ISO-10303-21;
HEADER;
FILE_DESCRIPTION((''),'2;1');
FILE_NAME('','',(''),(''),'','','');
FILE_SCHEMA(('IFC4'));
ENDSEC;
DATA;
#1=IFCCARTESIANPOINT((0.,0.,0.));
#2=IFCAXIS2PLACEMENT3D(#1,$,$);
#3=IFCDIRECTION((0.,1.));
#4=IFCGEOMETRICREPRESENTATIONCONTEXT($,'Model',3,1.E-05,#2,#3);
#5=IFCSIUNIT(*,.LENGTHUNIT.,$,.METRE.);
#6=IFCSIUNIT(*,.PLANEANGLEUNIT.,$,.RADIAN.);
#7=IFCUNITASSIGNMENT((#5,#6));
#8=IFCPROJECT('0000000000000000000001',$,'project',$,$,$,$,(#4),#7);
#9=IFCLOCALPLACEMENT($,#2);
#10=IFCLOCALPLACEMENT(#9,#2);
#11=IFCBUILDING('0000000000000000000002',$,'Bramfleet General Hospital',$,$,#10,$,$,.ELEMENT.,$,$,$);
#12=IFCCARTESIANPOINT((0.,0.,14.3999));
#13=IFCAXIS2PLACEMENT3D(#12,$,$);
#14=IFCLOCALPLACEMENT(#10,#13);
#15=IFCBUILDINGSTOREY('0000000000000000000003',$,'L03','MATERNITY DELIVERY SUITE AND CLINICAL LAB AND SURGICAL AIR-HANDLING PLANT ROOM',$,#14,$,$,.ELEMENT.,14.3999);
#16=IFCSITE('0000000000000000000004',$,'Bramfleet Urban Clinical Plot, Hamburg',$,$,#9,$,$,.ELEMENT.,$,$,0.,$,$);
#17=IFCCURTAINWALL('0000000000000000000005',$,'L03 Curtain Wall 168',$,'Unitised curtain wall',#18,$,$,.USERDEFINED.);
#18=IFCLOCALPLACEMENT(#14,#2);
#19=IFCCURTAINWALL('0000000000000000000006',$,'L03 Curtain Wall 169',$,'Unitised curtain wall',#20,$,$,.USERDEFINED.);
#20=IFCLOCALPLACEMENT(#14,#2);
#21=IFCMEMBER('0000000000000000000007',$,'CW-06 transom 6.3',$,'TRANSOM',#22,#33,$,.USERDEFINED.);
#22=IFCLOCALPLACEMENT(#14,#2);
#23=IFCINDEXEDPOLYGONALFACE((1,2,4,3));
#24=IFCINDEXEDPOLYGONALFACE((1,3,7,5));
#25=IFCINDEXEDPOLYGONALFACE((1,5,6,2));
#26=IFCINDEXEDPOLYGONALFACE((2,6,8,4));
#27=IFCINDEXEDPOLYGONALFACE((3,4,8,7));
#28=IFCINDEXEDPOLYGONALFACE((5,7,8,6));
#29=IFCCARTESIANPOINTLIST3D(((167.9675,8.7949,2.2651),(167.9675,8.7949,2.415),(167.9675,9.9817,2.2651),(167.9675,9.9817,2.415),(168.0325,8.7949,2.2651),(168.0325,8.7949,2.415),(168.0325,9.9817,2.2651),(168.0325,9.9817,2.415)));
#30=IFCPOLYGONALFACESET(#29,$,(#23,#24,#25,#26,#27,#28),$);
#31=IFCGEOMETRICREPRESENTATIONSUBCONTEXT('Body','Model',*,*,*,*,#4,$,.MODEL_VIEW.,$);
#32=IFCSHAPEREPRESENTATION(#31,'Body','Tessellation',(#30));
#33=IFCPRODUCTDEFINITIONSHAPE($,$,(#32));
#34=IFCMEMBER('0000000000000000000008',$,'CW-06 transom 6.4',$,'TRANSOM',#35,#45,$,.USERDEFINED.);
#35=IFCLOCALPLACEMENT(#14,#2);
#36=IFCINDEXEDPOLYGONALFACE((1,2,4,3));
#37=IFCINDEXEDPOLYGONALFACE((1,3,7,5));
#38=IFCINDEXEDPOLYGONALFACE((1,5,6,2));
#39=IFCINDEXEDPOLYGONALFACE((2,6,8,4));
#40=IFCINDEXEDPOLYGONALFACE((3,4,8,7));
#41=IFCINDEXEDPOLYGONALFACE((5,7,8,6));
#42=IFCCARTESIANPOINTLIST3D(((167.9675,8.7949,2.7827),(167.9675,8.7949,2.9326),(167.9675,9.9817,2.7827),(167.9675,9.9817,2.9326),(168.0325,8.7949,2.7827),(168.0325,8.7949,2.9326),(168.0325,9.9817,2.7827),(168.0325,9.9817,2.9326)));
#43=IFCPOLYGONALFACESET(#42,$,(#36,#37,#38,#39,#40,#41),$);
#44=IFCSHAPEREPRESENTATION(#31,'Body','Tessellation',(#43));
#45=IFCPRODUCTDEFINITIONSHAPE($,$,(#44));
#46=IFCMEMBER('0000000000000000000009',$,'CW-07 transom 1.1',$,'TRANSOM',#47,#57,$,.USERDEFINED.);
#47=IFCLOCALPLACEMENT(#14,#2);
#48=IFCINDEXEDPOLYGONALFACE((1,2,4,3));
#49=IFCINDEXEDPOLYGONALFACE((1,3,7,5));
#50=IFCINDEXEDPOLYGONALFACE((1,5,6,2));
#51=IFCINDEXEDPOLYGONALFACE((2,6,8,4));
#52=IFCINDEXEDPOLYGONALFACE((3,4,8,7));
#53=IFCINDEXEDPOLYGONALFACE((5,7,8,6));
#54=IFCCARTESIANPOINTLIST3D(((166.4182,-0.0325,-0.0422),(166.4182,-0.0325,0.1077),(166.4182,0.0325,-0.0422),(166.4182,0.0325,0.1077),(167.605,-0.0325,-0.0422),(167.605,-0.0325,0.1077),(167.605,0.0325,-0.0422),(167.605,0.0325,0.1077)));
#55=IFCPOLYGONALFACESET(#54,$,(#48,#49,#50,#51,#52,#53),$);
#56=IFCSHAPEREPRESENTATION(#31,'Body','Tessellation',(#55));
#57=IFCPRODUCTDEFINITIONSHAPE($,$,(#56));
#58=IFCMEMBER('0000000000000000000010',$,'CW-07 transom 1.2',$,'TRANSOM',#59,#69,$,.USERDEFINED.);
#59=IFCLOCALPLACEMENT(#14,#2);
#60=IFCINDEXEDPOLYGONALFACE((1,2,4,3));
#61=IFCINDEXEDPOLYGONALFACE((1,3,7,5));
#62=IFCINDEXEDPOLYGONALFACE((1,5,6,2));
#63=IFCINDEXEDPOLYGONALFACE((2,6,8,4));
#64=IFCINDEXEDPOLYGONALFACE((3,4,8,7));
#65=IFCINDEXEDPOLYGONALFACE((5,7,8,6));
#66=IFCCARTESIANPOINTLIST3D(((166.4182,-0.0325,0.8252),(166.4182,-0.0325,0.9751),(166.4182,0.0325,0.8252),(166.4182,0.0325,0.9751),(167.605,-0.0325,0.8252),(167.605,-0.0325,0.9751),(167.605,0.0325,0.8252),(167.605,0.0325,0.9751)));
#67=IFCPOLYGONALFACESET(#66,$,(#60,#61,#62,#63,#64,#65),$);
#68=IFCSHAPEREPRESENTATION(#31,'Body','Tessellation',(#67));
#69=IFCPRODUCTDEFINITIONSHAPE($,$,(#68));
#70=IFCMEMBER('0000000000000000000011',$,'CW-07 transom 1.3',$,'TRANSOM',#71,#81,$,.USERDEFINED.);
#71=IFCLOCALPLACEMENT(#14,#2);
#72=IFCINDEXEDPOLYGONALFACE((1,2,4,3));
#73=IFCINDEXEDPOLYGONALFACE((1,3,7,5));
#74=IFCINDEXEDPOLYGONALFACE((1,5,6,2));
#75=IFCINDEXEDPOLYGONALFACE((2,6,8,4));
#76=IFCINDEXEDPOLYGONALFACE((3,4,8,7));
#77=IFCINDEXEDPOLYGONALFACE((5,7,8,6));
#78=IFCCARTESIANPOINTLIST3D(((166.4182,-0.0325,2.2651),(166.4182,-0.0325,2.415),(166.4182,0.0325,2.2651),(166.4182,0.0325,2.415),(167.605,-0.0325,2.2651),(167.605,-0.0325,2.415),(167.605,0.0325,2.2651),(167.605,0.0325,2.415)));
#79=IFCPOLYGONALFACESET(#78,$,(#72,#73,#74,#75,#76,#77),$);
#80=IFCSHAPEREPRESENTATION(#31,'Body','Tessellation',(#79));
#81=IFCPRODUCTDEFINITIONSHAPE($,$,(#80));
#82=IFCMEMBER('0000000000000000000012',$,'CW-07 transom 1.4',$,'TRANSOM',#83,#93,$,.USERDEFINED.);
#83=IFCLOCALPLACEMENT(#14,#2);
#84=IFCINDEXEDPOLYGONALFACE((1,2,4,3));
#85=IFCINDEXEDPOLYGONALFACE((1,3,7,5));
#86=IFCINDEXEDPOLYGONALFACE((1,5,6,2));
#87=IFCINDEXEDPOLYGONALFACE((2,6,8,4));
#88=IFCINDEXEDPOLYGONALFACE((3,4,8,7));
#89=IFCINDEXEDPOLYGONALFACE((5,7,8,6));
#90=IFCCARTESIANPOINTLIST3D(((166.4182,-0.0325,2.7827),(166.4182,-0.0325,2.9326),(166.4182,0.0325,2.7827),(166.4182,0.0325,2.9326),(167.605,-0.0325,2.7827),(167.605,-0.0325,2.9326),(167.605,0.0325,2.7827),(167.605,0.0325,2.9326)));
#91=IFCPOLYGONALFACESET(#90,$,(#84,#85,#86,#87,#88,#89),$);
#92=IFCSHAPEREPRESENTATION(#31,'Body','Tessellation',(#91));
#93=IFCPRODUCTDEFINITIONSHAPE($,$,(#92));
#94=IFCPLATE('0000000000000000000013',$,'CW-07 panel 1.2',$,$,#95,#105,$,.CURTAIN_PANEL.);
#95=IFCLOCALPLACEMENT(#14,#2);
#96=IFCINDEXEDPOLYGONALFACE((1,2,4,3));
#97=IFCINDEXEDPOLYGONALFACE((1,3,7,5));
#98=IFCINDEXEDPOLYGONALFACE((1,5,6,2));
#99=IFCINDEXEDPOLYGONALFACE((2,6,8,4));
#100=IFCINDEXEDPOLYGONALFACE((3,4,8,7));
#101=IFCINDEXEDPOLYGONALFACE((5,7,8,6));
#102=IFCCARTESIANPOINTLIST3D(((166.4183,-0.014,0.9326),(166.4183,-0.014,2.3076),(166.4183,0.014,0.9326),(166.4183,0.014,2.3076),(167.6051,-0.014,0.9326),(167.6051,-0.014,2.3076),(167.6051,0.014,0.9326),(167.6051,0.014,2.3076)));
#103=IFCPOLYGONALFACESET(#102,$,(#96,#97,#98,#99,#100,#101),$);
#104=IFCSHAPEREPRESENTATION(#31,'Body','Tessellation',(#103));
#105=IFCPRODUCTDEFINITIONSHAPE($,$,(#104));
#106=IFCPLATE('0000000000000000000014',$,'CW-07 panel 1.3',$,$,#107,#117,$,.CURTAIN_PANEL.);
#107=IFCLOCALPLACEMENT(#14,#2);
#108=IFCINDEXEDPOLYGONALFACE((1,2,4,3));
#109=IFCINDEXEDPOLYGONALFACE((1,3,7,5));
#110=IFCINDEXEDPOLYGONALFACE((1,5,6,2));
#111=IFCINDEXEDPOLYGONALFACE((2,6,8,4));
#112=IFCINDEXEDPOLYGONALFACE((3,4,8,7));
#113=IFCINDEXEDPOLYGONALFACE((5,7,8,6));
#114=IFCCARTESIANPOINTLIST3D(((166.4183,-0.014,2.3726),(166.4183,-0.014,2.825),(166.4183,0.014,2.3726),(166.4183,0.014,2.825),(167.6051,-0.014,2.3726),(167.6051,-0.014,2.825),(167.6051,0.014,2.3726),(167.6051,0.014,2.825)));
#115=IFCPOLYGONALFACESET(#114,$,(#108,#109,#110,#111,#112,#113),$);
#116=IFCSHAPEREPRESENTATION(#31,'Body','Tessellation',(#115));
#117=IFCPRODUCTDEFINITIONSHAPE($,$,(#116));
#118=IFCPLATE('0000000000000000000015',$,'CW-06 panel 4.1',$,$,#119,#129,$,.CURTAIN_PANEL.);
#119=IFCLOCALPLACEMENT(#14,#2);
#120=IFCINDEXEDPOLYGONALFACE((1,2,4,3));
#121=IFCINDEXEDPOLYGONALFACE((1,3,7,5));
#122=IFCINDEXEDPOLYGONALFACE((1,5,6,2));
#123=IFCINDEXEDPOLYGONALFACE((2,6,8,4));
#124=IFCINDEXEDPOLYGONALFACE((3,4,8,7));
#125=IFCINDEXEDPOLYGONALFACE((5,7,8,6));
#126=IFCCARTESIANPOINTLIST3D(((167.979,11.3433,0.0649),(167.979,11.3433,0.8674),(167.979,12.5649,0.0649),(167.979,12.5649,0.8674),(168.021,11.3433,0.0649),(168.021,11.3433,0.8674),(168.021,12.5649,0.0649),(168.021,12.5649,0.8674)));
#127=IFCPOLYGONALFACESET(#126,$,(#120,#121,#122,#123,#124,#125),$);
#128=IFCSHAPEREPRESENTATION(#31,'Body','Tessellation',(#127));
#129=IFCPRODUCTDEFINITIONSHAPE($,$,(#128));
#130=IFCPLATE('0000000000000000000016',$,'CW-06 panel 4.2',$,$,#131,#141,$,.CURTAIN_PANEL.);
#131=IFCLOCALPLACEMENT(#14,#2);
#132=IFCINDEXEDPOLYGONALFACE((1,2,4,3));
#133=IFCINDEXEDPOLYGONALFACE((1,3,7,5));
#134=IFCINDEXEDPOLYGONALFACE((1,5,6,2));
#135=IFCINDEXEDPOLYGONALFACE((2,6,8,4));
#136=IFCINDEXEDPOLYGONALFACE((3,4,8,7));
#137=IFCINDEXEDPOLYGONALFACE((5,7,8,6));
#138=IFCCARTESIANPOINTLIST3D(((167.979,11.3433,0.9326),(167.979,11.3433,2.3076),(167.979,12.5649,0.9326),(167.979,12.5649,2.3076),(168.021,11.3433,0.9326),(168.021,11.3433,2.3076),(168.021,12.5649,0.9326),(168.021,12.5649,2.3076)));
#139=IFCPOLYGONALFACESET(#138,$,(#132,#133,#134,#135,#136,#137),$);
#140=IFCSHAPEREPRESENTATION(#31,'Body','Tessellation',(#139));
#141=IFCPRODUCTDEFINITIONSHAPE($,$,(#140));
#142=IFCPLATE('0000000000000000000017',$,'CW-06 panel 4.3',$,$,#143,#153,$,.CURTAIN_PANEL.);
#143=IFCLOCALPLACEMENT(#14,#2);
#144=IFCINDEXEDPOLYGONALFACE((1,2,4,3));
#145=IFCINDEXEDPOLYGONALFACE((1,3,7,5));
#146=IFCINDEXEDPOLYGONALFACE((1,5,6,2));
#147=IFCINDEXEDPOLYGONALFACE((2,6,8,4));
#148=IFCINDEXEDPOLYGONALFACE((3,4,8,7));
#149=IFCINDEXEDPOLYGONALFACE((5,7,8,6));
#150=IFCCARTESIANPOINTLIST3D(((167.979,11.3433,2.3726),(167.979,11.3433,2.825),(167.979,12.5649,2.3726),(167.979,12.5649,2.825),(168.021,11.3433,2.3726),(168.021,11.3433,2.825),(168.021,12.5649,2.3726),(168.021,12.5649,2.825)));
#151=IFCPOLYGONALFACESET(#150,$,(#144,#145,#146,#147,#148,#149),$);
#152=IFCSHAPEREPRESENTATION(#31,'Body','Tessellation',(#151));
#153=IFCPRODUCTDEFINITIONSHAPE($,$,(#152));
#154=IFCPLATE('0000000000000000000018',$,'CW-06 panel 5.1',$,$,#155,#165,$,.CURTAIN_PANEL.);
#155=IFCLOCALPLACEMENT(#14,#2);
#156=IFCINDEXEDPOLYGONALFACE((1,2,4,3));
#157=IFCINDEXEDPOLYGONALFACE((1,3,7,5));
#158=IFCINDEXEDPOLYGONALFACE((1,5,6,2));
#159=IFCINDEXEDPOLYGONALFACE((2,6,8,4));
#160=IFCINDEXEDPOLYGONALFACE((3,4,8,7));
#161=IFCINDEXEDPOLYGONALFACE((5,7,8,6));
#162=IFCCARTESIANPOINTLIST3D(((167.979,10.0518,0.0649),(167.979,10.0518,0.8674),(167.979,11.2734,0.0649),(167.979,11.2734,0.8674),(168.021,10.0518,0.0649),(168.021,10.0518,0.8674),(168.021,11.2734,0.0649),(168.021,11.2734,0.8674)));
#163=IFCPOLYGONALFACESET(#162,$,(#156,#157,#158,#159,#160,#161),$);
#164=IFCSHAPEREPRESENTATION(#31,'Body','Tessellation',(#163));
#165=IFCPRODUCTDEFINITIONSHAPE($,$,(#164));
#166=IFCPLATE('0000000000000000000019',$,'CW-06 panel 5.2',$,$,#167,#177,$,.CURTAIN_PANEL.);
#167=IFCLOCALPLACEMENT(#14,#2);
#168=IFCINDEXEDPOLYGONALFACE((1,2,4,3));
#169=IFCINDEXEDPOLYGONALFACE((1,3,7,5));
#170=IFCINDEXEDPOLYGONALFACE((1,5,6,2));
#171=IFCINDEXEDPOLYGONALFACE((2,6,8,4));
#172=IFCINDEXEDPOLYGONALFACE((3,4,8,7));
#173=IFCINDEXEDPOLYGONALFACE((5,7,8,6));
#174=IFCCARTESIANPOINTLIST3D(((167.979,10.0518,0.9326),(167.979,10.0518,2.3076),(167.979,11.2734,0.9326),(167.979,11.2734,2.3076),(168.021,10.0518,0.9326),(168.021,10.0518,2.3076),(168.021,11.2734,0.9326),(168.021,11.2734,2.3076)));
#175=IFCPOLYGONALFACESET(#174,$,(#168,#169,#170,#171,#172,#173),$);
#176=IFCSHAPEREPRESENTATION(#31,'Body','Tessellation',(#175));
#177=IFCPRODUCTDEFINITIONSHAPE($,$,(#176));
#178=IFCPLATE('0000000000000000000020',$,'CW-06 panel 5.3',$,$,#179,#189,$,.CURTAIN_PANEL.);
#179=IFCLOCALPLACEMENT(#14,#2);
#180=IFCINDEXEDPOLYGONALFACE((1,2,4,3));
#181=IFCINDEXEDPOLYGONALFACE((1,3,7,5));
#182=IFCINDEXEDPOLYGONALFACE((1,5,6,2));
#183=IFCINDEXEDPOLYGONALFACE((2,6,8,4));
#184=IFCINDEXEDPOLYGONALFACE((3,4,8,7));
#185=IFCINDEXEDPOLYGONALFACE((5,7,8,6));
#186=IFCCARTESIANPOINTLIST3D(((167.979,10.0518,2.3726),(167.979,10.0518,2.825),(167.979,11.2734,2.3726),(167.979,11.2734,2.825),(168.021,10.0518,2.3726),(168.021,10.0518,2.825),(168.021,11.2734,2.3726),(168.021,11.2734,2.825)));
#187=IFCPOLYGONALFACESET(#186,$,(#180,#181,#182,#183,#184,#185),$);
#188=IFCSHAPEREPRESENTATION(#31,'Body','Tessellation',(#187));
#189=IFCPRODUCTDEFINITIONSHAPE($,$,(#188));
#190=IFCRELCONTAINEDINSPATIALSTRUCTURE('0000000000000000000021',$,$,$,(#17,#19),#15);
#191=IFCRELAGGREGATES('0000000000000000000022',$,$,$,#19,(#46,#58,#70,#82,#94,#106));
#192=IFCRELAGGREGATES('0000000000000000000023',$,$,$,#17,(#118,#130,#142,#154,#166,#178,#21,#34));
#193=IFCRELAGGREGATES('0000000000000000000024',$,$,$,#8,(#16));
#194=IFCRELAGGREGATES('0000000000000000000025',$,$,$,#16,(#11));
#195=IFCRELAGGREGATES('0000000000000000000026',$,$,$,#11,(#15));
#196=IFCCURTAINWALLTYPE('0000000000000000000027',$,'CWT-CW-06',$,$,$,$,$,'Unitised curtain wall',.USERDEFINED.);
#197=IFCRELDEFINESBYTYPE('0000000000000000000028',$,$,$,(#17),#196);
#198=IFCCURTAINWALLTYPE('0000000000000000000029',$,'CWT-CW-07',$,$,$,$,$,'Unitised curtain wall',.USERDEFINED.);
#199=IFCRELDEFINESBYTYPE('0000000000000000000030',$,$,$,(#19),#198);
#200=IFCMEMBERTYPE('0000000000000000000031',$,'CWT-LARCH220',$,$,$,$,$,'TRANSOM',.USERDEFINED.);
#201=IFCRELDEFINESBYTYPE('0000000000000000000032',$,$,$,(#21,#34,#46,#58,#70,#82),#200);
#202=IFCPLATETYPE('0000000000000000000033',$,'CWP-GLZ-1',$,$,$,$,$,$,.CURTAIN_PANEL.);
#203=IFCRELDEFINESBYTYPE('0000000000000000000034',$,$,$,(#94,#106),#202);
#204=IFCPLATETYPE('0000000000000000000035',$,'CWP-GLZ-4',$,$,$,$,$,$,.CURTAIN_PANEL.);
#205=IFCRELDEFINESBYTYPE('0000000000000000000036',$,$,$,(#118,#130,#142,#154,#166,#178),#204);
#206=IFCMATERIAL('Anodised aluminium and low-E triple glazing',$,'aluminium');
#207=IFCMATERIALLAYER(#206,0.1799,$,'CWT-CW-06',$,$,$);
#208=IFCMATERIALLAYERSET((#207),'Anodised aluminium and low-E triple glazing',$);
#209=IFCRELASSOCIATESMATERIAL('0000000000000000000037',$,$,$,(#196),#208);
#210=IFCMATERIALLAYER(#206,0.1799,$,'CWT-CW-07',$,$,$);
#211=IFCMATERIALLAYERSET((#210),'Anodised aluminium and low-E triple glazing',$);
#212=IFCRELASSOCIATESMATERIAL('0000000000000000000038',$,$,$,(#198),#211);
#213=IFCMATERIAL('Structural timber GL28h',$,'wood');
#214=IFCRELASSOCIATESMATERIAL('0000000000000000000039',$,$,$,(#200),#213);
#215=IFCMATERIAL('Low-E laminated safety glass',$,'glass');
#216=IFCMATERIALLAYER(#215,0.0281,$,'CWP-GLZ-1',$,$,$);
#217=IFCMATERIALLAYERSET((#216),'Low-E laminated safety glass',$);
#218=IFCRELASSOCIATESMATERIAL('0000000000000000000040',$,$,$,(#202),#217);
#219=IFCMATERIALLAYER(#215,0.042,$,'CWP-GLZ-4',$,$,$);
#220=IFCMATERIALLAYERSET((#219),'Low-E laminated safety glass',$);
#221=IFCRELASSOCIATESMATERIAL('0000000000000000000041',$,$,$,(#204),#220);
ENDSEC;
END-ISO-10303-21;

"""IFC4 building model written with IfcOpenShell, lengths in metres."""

from ifc_helpers import new_model, si_unit, direction, frame, origin, origin_2d, place, context, subcontext, project, spatial, rectangle, extrude, material, layer, layer_set, material_profile, profile_set, type_object, element, aggregate, save


model = new_model("IFC4")

# Units and contexts
model_context = context("Model", 3, precision=1e-05, world=origin(), true_north=direction((0.0, 1.0)))
body_context = subcontext(model_context, "Body", "Model", "MODEL_VIEW")
ifc_project = project(units=[si_unit("LENGTHUNIT", "METRE"), si_unit("PLANEANGLEUNIT", "RADIAN")], contexts=[model_context])

# Site, building, storey
site_placement = place(None, origin())
site = spatial("IfcSite", under=ifc_project, at=site_placement, Name="Bramfleet Urban Clinical Plot, Hamburg", CompositionType="ELEMENT", RefElevation=0.0)
building_placement = place(site_placement, origin())
building = spatial("IfcBuilding", under=site, at=building_placement, Name="Bramfleet General Hospital", CompositionType="ELEMENT")
storey_placement = place(building_placement, frame((0.0, 0.0, 14.3999)))
storey = spatial("IfcBuildingStorey", under=building, at=storey_placement, Name="L03", Description="MATERNITY DELIVERY SUITE AND CLINICAL LAB AND SURGICAL AIR-HANDLING PLANT ROOM", CompositionType="ELEMENT", Elevation=14.3999)

# Curtain wall
ifc_material_1 = material(Name="Anodised aluminium and low-E triple glazing", Category="aluminium")
ifc_layer_1 = layer(ifc_material_1, 0.1799, Name="CWT-CW-06")
ifc_layer_set_1 = layer_set([ifc_layer_1], Name="Anodised aluminium and low-E triple glazing")
curtain_wall_type_1 = type_object("IfcCurtainWallType", Name="CWT-CW-06", ElementType="Unitised curtain wall", PredefinedType="USERDEFINED", material=ifc_layer_set_1)
curtain_wall_1_placement = place(storey_placement, origin())
curtain_wall_1 = element("IfcCurtainWall", 1, at=curtain_wall_1_placement, inside=storey, type_object=curtain_wall_type_1, Name="L03 Curtain Wall 168", ObjectType="Unitised curtain wall", PredefinedType="USERDEFINED")
ifc_material_2 = material(Name="Structural timber GL28h", Category="wood")

# Curtain wall
ifc_layer_2 = layer(ifc_material_1, 0.1799, Name="CWT-CW-07")
ifc_layer_set_2 = layer_set([ifc_layer_2], Name="Anodised aluminium and low-E triple glazing")
curtain_wall_type_2 = type_object("IfcCurtainWallType", Name="CWT-CW-07", ElementType="Unitised curtain wall", PredefinedType="USERDEFINED", material=ifc_layer_set_2)
curtain_wall_2_placement = place(storey_placement, origin())
curtain_wall_2 = element("IfcCurtainWall", 2, at=curtain_wall_2_placement, inside=storey, type_object=curtain_wall_type_2, Name="L03 Curtain Wall 169", ObjectType="Unitised curtain wall", PredefinedType="USERDEFINED")

# Members
ifc_material_profile_1 = material_profile(ifc_material_2, rectangle(XDim=0.0649, YDim=0.1499, at=origin_2d()), Name="LARCH 150x65")
ifc_profile_set_1 = profile_set([ifc_material_profile_1], Name="Structural timber GL28h")
member_type_1 = type_object("IfcMemberType", Name="CWT-LARCH220", ElementType="TRANSOM", PredefinedType="USERDEFINED", material=ifc_profile_set_1)
member_1_placement = place(storey_placement, frame((168.0, 9.9817, 2.3401), z_axis=(0.0, -1.0, 0.0), x_axis=(1.0, 0.0, 0.0)))
member_1 = element("IfcMember", 3, at=member_1_placement, type_object=member_type_1, Name="CW-06 transom 6.3", ObjectType="TRANSOM", PredefinedType="USERDEFINED", context=body_context, shape_type="SweptSolid", body=[
    extrude(rectangle(XDim=0.0649, YDim=0.1499, at=origin_2d()), origin(), (0.0, 0.0, 1.0), 1.1868),
])
member_2_placement = place(storey_placement, frame((168.0, 9.9817, 2.8577), z_axis=(0.0, -1.0, 0.0), x_axis=(1.0, 0.0, 0.0)))
member_2 = element("IfcMember", 4, at=member_2_placement, type_object=member_type_1, Name="CW-06 transom 6.4", ObjectType="TRANSOM", PredefinedType="USERDEFINED", context=body_context, shape_type="SweptSolid", body=[
    extrude(rectangle(XDim=0.0649, YDim=0.1499, at=origin_2d()), origin(), (0.0, 0.0, 1.0), 1.1868),
])
member_3_placement = place(storey_placement, frame((167.605, 0.0, 0.0327), z_axis=(-1.0, 0.0, 0.0), x_axis=(0.0, -1.0, 0.0)))
member_3 = element("IfcMember", 5, at=member_3_placement, type_object=member_type_1, Name="CW-07 transom 1.1", ObjectType="TRANSOM", PredefinedType="USERDEFINED", context=body_context, shape_type="SweptSolid", body=[
    extrude(rectangle(XDim=0.0649, YDim=0.1499, at=origin_2d()), origin(), (0.0, 0.0, 1.0), 1.1868),
])
member_4_placement = place(storey_placement, frame((167.605, 0.0, 0.9001), z_axis=(-1.0, 0.0, 0.0), x_axis=(0.0, -1.0, 0.0)))
member_4 = element("IfcMember", 6, at=member_4_placement, type_object=member_type_1, Name="CW-07 transom 1.2", ObjectType="TRANSOM", PredefinedType="USERDEFINED", context=body_context, shape_type="SweptSolid", body=[
    extrude(rectangle(XDim=0.0649, YDim=0.1499, at=origin_2d()), origin(), (0.0, 0.0, 1.0), 1.1868),
])
member_5_placement = place(storey_placement, frame((167.605, 0.0, 2.3401), z_axis=(-1.0, 0.0, 0.0), x_axis=(0.0, -1.0, 0.0)))
member_5 = element("IfcMember", 7, at=member_5_placement, type_object=member_type_1, Name="CW-07 transom 1.3", ObjectType="TRANSOM", PredefinedType="USERDEFINED", context=body_context, shape_type="SweptSolid", body=[
    extrude(rectangle(XDim=0.0649, YDim=0.1499, at=origin_2d()), origin(), (0.0, 0.0, 1.0), 1.1868),
])
member_6_placement = place(storey_placement, frame((167.605, 0.0, 2.8577), z_axis=(-1.0, 0.0, 0.0), x_axis=(0.0, -1.0, 0.0)))
member_6 = element("IfcMember", 8, at=member_6_placement, type_object=member_type_1, Name="CW-07 transom 1.4", ObjectType="TRANSOM", PredefinedType="USERDEFINED", context=body_context, shape_type="SweptSolid", body=[
    extrude(rectangle(XDim=0.0649, YDim=0.1499, at=origin_2d()), origin(), (0.0, 0.0, 1.0), 1.1868),
])

# Plates
ifc_material_3 = material(Name="Low-E laminated safety glass", Category="glass")
ifc_layer_3 = layer(ifc_material_3, 0.0281, Name="CWP-GLZ-1")
ifc_layer_set_3 = layer_set([ifc_layer_3], Name="Low-E laminated safety glass")
plate_type_1 = type_object("IfcPlateType", Name="CWP-GLZ-1", PredefinedType="CURTAIN_PANEL", material=ifc_layer_set_3)
plate_1_placement = place(storey_placement, frame((167.0117, 0.0, 0.9326), z_axis=(0.0, 0.0, 1.0), x_axis=(-1.0, 0.0, 0.0)))
plate_1 = element("IfcPlate", 9, at=plate_1_placement, type_object=plate_type_1, Name="CW-07 panel 1.2", PredefinedType="CURTAIN_PANEL", context=body_context, shape_type="SweptSolid", body=[
    extrude(rectangle(XDim=1.1868, YDim=0.0281, at=origin_2d()), origin(), (0.0, 0.0, 1.0), 1.375),
])
plate_2_placement = place(storey_placement, frame((167.0117, 0.0, 2.3726), z_axis=(0.0, 0.0, 1.0), x_axis=(-1.0, 0.0, 0.0)))
plate_2 = element("IfcPlate", 10, at=plate_2_placement, type_object=plate_type_1, Name="CW-07 panel 1.3", PredefinedType="CURTAIN_PANEL", context=body_context, shape_type="SweptSolid", body=[
    extrude(rectangle(XDim=1.1868, YDim=0.0281, at=origin_2d()), origin(), (0.0, 0.0, 1.0), 0.4524),
])
aggregate(curtain_wall_2, [member_3, member_4, member_5, member_6, plate_1, plate_2])
ifc_layer_4 = layer(ifc_material_3, 0.042, Name="CWP-GLZ-4")
ifc_layer_set_4 = layer_set([ifc_layer_4], Name="Low-E laminated safety glass")
plate_type_2 = type_object("IfcPlateType", Name="CWP-GLZ-4", PredefinedType="CURTAIN_PANEL", material=ifc_layer_set_4)
plate_3_placement = place(storey_placement, frame((168.0, 11.9541, 0.0649), z_axis=(0.0, 0.0, 1.0), x_axis=(0.0, -1.0, 0.0)))
plate_3 = element("IfcPlate", 11, at=plate_3_placement, type_object=plate_type_2, Name="CW-06 panel 4.1", PredefinedType="CURTAIN_PANEL", context=body_context, shape_type="SweptSolid", body=[
    extrude(rectangle(XDim=1.2217, YDim=0.042, at=origin_2d()), origin(), (0.0, 0.0, 1.0), 0.8025),
])
plate_4_placement = place(storey_placement, frame((168.0, 11.9541, 0.9326), z_axis=(0.0, 0.0, 1.0), x_axis=(0.0, -1.0, 0.0)))
plate_4 = element("IfcPlate", 12, at=plate_4_placement, type_object=plate_type_2, Name="CW-06 panel 4.2", PredefinedType="CURTAIN_PANEL", context=body_context, shape_type="SweptSolid", body=[
    extrude(rectangle(XDim=1.2217, YDim=0.042, at=origin_2d()), origin(), (0.0, 0.0, 1.0), 1.375),
])
plate_5_placement = place(storey_placement, frame((168.0, 11.9541, 2.3726), z_axis=(0.0, 0.0, 1.0), x_axis=(0.0, -1.0, 0.0)))
plate_5 = element("IfcPlate", 13, at=plate_5_placement, type_object=plate_type_2, Name="CW-06 panel 4.3", PredefinedType="CURTAIN_PANEL", context=body_context, shape_type="SweptSolid", body=[
    extrude(rectangle(XDim=1.2217, YDim=0.042, at=origin_2d()), origin(), (0.0, 0.0, 1.0), 0.4524),
])
plate_6_placement = place(storey_placement, frame((168.0, 10.6626, 0.0649), z_axis=(0.0, 0.0, 1.0), x_axis=(0.0, -1.0, 0.0)))
plate_6 = element("IfcPlate", 14, at=plate_6_placement, type_object=plate_type_2, Name="CW-06 panel 5.1", PredefinedType="CURTAIN_PANEL", context=body_context, shape_type="SweptSolid", body=[
    extrude(rectangle(XDim=1.2217, YDim=0.042, at=origin_2d()), origin(), (0.0, 0.0, 1.0), 0.8025),
])
plate_7_placement = place(storey_placement, frame((168.0, 10.6626, 0.9326), z_axis=(0.0, 0.0, 1.0), x_axis=(0.0, -1.0, 0.0)))
plate_7 = element("IfcPlate", 15, at=plate_7_placement, type_object=plate_type_2, Name="CW-06 panel 5.2", PredefinedType="CURTAIN_PANEL", context=body_context, shape_type="SweptSolid", body=[
    extrude(rectangle(XDim=1.2217, YDim=0.042, at=origin_2d()), origin(), (0.0, 0.0, 1.0), 1.375),
])
plate_8_placement = place(storey_placement, frame((168.0, 10.6626, 2.3726), z_axis=(0.0, 0.0, 1.0), x_axis=(0.0, -1.0, 0.0)))
plate_8 = element("IfcPlate", 16, at=plate_8_placement, type_object=plate_type_2, Name="CW-06 panel 5.3", PredefinedType="CURTAIN_PANEL", context=body_context, shape_type="SweptSolid", body=[
    extrude(rectangle(XDim=1.2217, YDim=0.042, at=origin_2d()), origin(), (0.0, 0.0, 1.0), 0.4524),
])
aggregate(curtain_wall_1, [plate_3, plate_4, plate_5, plate_6, plate_7, plate_8, member_1, member_2])

save(model, "model.ifc")
